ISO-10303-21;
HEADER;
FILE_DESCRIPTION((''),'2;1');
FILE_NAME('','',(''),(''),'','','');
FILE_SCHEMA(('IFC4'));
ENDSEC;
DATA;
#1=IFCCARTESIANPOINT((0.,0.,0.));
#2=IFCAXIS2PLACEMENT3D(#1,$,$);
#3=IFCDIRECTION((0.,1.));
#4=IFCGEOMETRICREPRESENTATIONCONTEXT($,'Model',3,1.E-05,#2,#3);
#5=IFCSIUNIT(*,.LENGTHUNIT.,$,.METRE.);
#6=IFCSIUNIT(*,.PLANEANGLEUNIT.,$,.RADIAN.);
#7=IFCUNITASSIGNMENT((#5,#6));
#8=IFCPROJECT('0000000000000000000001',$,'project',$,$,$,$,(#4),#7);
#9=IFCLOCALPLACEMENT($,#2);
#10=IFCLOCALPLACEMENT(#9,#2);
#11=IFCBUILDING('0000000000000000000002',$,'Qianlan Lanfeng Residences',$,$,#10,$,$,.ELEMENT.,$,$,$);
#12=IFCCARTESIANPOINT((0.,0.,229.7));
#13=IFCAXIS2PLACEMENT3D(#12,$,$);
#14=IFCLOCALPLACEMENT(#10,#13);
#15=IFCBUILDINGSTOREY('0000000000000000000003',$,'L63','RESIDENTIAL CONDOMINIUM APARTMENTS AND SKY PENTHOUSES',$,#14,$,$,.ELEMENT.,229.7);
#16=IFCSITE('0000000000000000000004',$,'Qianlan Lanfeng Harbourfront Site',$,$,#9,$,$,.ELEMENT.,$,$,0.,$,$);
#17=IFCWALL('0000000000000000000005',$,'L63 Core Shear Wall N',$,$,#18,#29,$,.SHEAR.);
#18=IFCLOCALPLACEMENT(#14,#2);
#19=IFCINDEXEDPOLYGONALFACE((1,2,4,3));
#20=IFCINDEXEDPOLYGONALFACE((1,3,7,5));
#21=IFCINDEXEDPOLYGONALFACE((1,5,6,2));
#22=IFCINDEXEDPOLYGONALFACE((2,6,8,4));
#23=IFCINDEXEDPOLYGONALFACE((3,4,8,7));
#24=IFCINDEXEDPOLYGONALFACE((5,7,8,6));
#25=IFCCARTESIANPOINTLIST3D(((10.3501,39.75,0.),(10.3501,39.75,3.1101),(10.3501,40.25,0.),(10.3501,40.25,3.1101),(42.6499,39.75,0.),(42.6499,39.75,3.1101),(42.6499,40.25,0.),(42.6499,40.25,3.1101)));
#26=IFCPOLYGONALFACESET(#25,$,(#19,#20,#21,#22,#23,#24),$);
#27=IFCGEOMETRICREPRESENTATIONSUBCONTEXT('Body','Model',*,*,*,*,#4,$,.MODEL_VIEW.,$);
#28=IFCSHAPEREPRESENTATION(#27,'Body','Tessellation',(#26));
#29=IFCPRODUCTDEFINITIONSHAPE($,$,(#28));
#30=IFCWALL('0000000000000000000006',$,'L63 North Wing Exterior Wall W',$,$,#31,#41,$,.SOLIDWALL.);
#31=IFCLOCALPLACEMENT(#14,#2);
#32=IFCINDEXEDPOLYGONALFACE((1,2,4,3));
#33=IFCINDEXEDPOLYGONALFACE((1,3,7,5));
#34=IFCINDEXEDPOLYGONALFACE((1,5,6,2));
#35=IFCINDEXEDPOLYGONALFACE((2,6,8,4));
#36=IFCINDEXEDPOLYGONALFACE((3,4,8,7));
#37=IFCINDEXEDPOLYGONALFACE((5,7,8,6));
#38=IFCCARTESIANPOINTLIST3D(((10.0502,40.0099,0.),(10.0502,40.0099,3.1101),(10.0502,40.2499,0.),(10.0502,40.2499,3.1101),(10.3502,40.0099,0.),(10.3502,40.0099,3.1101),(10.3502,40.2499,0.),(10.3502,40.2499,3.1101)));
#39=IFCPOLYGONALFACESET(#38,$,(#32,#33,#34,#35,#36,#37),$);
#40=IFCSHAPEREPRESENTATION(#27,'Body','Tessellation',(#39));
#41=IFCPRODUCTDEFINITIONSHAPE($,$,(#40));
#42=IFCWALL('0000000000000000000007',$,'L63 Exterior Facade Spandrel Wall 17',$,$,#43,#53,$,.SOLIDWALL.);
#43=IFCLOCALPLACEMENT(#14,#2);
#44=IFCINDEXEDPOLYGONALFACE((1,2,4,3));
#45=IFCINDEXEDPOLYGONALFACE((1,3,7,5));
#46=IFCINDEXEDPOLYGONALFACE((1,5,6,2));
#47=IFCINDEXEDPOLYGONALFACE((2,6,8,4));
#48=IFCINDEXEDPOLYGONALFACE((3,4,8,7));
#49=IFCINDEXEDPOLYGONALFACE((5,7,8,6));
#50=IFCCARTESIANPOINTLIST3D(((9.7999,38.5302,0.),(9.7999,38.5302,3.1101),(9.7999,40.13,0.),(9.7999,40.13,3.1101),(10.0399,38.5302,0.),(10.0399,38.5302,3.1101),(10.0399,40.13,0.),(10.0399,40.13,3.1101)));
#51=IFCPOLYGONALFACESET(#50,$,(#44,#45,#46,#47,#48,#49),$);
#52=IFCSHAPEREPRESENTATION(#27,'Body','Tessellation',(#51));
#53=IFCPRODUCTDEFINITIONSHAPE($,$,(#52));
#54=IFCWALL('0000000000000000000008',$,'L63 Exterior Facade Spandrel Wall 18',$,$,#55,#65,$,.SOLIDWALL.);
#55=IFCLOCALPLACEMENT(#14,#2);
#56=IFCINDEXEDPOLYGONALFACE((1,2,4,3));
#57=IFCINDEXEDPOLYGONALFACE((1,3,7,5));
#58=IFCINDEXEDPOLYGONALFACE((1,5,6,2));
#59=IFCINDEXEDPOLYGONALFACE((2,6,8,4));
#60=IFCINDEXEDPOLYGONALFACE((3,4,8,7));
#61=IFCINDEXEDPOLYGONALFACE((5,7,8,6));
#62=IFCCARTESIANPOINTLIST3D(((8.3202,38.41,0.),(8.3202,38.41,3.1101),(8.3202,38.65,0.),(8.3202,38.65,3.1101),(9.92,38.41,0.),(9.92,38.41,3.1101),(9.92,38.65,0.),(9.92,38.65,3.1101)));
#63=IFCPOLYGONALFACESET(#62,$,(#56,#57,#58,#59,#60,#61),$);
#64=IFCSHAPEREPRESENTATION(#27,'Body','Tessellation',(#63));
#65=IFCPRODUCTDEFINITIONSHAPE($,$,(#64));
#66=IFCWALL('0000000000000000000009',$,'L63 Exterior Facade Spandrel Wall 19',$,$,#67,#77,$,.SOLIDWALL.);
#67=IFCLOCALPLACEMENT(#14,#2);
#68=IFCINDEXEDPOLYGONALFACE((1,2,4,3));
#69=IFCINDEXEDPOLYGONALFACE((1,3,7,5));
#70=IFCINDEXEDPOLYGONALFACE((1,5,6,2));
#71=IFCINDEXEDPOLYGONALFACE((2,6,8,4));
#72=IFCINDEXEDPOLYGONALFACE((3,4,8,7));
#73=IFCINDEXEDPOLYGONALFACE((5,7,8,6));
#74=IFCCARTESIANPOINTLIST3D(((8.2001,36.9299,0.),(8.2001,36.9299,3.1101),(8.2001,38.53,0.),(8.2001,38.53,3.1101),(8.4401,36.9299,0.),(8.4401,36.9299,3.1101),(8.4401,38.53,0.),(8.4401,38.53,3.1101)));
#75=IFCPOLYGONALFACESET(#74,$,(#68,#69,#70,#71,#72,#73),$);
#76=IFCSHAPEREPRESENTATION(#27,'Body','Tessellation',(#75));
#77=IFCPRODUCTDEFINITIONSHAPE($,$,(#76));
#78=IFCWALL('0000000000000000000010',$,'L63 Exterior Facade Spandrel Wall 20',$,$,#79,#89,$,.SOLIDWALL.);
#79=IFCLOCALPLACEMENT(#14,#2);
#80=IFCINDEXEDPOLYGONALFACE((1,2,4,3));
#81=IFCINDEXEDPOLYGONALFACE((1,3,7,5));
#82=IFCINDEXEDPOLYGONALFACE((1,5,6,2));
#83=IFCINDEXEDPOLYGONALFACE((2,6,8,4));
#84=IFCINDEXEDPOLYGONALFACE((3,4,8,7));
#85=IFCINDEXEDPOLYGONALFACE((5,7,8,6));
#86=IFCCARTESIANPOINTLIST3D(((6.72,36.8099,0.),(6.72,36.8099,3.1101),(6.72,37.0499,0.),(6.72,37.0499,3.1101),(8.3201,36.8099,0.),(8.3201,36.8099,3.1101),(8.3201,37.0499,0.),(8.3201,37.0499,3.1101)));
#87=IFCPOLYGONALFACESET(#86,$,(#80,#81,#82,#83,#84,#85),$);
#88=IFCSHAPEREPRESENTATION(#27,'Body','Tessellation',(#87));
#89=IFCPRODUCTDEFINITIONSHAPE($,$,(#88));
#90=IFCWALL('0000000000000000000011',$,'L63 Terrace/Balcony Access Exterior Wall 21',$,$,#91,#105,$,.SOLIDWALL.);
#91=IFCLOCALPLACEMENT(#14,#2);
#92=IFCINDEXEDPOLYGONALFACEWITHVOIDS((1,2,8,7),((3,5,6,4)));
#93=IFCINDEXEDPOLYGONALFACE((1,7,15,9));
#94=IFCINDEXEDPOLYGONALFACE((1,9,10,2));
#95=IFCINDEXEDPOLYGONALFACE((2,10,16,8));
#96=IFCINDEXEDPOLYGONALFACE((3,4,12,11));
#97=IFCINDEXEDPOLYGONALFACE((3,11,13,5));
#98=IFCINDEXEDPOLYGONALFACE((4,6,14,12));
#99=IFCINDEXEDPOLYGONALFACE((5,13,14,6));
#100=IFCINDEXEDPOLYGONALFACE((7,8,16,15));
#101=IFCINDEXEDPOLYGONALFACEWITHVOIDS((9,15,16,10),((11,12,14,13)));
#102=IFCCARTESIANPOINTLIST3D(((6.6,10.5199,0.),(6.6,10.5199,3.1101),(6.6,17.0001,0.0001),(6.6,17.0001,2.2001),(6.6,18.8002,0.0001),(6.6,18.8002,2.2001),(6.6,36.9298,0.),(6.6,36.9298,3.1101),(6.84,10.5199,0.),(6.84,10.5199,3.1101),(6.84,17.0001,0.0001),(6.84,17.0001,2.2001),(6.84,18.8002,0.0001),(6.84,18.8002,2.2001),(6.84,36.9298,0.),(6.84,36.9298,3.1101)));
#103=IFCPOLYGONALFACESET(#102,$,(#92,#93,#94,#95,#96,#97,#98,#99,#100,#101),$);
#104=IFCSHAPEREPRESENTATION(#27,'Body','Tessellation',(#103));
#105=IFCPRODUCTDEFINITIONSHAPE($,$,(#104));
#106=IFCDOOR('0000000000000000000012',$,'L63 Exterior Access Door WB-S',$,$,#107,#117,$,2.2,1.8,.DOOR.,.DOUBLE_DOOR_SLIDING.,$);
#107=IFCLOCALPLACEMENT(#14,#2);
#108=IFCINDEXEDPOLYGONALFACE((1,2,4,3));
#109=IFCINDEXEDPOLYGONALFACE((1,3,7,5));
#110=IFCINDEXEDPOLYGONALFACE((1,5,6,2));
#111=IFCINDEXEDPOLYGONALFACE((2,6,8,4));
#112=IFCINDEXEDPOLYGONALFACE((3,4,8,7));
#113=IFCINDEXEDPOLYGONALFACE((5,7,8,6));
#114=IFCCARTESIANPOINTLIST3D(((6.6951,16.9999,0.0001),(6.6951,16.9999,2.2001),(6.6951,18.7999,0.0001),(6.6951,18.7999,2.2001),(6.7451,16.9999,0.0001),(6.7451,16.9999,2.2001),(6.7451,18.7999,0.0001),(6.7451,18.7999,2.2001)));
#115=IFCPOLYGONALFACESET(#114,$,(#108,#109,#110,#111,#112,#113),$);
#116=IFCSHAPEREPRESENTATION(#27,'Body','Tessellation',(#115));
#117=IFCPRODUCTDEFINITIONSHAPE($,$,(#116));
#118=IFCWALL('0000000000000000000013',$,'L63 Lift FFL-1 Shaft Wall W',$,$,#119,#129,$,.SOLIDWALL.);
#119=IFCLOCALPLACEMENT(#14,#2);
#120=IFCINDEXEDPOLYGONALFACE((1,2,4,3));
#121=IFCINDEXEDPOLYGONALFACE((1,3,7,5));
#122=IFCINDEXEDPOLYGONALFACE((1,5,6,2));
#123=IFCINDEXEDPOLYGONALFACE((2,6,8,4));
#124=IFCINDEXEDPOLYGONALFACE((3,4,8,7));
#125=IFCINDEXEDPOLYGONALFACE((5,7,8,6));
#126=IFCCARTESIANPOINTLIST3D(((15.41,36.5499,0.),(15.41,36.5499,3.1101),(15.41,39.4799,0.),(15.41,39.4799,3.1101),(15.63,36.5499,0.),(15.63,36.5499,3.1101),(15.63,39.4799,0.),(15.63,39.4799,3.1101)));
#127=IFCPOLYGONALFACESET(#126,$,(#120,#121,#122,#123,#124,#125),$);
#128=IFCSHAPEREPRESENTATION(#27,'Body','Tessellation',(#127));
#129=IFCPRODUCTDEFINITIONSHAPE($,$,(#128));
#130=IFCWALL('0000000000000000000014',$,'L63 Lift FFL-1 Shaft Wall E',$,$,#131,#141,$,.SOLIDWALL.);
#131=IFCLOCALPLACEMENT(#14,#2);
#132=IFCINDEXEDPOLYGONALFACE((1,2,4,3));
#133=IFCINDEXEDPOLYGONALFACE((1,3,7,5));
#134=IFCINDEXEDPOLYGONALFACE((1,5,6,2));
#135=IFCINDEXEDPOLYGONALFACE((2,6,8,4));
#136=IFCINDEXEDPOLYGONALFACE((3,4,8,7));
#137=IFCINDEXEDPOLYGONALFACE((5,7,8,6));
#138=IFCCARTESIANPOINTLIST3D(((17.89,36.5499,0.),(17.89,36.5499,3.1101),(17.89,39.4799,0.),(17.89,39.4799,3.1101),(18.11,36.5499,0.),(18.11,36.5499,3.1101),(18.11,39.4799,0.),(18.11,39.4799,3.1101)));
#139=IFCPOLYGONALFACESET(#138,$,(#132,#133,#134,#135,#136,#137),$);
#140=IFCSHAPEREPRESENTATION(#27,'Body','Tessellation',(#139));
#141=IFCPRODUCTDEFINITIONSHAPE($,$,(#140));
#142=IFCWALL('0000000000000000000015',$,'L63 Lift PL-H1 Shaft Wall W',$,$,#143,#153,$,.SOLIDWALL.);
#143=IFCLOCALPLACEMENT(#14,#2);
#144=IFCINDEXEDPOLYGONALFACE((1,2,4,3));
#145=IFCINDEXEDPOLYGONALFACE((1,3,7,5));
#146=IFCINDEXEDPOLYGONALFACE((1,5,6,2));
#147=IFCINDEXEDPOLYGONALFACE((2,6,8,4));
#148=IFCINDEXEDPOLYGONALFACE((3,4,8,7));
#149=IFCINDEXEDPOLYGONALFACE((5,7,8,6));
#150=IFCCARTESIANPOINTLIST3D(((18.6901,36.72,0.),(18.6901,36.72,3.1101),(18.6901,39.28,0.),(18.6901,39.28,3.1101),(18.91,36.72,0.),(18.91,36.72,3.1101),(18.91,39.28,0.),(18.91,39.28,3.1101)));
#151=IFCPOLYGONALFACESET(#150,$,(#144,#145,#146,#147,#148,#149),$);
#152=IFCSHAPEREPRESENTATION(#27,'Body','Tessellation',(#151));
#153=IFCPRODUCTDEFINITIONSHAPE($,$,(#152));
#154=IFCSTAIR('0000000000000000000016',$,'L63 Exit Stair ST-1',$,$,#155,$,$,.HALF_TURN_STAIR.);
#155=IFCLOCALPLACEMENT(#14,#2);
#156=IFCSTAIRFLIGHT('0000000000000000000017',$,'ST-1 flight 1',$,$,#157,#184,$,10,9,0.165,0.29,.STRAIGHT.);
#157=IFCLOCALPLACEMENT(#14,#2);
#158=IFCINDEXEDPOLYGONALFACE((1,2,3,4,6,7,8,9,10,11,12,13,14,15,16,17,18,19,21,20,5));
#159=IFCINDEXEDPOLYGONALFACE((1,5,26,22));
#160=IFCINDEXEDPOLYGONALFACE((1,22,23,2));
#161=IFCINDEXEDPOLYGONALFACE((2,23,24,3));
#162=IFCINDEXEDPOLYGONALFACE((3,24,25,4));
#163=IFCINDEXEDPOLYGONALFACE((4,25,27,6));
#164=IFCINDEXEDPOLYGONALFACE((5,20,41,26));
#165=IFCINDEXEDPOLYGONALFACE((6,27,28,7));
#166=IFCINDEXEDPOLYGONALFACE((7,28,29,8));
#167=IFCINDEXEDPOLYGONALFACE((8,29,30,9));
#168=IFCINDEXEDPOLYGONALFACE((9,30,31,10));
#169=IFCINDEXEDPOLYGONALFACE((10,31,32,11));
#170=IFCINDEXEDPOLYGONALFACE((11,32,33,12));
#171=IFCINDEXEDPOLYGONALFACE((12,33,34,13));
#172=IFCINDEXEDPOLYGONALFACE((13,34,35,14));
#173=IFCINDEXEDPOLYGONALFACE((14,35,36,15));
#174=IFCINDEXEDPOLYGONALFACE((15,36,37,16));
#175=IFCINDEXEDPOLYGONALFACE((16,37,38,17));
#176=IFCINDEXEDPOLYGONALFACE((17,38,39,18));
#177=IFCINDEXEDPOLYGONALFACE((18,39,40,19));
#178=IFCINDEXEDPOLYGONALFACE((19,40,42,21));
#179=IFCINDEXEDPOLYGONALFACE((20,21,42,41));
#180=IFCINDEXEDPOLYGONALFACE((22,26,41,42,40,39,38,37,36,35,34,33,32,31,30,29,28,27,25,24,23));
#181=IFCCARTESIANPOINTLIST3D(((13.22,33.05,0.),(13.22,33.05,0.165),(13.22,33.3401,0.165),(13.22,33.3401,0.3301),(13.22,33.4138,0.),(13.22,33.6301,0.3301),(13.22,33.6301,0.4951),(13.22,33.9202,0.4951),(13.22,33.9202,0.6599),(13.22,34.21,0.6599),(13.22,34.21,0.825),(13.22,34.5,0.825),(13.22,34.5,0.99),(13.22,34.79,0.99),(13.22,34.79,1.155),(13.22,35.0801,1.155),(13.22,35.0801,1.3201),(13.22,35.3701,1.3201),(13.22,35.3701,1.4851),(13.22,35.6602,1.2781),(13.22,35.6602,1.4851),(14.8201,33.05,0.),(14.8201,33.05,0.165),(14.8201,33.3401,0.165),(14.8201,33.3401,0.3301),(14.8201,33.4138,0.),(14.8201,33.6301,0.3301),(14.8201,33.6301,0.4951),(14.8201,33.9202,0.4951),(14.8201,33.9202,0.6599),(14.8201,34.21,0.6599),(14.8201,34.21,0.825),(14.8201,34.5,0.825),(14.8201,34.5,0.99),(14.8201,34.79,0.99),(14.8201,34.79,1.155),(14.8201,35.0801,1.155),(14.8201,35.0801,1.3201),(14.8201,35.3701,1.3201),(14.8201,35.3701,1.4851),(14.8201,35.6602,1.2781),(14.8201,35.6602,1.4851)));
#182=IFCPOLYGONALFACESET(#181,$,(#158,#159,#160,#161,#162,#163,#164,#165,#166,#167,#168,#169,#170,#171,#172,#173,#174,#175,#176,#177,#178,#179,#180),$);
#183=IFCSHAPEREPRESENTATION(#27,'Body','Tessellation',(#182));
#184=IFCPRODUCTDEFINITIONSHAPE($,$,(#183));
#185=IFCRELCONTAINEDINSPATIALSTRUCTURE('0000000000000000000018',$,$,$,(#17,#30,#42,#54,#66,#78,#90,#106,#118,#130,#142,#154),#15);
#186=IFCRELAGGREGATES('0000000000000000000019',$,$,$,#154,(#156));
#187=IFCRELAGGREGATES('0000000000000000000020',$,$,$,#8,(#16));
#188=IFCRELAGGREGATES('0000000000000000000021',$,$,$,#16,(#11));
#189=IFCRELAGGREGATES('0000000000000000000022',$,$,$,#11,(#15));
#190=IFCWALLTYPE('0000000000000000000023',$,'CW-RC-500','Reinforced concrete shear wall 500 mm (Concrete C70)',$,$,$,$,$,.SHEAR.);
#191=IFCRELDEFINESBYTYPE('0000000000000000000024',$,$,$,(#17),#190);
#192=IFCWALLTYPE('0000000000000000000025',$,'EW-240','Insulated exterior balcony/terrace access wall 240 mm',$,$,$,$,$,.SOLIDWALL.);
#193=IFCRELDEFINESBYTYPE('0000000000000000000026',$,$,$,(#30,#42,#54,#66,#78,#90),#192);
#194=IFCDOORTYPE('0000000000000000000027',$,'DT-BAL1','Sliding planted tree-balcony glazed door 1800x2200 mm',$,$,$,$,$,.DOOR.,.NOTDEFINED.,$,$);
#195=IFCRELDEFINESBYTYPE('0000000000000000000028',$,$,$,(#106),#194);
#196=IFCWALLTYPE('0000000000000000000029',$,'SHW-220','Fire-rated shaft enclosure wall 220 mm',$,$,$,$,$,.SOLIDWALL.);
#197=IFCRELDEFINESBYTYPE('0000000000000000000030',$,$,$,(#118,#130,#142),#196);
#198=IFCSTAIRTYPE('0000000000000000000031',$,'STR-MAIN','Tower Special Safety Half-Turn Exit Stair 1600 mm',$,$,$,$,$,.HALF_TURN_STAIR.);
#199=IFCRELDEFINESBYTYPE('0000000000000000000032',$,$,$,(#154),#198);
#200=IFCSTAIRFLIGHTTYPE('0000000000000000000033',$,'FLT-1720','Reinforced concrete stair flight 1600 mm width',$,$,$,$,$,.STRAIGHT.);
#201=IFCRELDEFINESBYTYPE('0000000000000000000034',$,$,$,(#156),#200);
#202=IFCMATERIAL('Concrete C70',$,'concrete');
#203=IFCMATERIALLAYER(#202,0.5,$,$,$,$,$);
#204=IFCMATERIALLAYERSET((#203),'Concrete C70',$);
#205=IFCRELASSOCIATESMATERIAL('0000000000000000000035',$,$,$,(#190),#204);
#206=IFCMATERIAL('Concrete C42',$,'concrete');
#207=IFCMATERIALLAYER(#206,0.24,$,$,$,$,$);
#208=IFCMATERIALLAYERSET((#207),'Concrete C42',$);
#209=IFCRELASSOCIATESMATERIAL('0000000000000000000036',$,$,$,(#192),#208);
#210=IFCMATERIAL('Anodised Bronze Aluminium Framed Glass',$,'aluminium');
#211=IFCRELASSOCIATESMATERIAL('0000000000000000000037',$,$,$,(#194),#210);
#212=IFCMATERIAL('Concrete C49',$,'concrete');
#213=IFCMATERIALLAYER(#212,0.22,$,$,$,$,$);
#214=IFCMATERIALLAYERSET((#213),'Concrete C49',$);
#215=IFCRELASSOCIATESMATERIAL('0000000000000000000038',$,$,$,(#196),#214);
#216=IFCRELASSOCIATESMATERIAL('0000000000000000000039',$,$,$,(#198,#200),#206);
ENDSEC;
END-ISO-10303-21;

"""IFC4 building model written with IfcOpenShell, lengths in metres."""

from ifc_helpers import new_model, si_unit, direction, frame, frame_2d, origin, place, context, subcontext, project, spatial, polyline, rectangle, outline, extrude, material, layer, layer_set, type_object, element, fill, aggregate, save


model = new_model("IFC4")

# Units and contexts
model_context = context("Model", 3, precision=1e-05, world=origin(), true_north=direction((0.0, 1.0)))
body_context = subcontext(model_context, "Body", "Model", "MODEL_VIEW")
ifc_project = project(units=[si_unit("LENGTHUNIT", "METRE"), si_unit("PLANEANGLEUNIT", "RADIAN")], contexts=[model_context])

# Site, building, storey
site_placement = place(None, origin())
site = spatial("IfcSite", under=ifc_project, at=site_placement, Name="Qianlan Lanfeng Harbourfront Site", CompositionType="ELEMENT", RefElevation=0.0)
building_placement = place(site_placement, origin())
building = spatial("IfcBuilding", under=site, at=building_placement, Name="Qianlan Lanfeng Residences", CompositionType="ELEMENT")
storey_placement = place(building_placement, frame((0.0, 0.0, 229.7)))
storey = spatial("IfcBuildingStorey", under=building, at=storey_placement, Name="L63", Description="RESIDENTIAL CONDOMINIUM APARTMENTS AND SKY PENTHOUSES", CompositionType="ELEMENT", Elevation=229.7)

# Shared definitions
ifc_material_1 = material(Name="Concrete C49", Category="concrete")

# Walls
ifc_material_2 = material(Name="Concrete C70", Category="concrete")
ifc_layer_1 = layer(ifc_material_2, 0.5)
ifc_layer_set_1 = layer_set([ifc_layer_1], Name="Concrete C70")
wall_type_1 = type_object("IfcWallType", Name="CW-RC-500", Description="Reinforced concrete shear wall 500 mm (Concrete C70)", PredefinedType="SHEAR", material=ifc_layer_set_1)
wall_1_placement = place(storey_placement, frame((10.3501, 40.0, 0.0), z_axis=(0.0, 0.0, 1.0), x_axis=(1.0, 0.0, 0.0)))
element("IfcWall", 1, at=wall_1_placement, inside=storey, type_object=wall_type_1, Name="L63 Core Shear Wall N", PredefinedType="SHEAR", context=body_context, shape_type="SweptSolid", body=[
    extrude(rectangle(XDim=32.2998, YDim=0.5, at=frame_2d((16.1499, 0.0))), origin(), (0.0, 0.0, 1.0), 3.1101),
])
ifc_material_3 = material(Name="Concrete C42", Category="concrete")
ifc_layer_2 = layer(ifc_material_3, 0.24)
ifc_layer_set_2 = layer_set([ifc_layer_2], Name="Concrete C42")
wall_type_2 = type_object("IfcWallType", Name="EW-240", Description="Insulated exterior balcony/terrace access wall 240 mm", PredefinedType="SOLIDWALL", material=ifc_layer_set_2)
wall_2_placement = place(storey_placement, frame((10.3501, 40.1299, 0.0), z_axis=(0.0, 0.0, 1.0), x_axis=(-1.0, 0.0, 0.0)))
element("IfcWall", 2, at=wall_2_placement, inside=storey, type_object=wall_type_2, Name="L63 North Wing Exterior Wall W", PredefinedType="SOLIDWALL", context=body_context, shape_type="SweptSolid", body=[
    extrude(rectangle(XDim=0.3, YDim=0.24, at=frame_2d((0.1499, 0.0))), origin(), (0.0, 0.0, 1.0), 3.1101),
])
for number, where, z_axis, x_axis, name in (
    (3, (9.9199, 40.1299, 0.0), (0.0, 0.0, 1.0), (0.0, -1.0, 0.0), "L63 Exterior Facade Spandrel Wall 17"),
    (4, (9.9199, 38.53, 0.0), (0.0, 0.0, 1.0), (-1.0, 0.0, 0.0), "L63 Exterior Facade Spandrel Wall 18"),
):
    element("IfcWall", number, at=place(storey_placement, frame(where, z_axis=z_axis, x_axis=x_axis)), inside=storey, type_object=wall_type_2, Name=name, PredefinedType="SOLIDWALL", context=body_context, shape_type="SweptSolid", body=[
        extrude(rectangle(XDim=1.5999, YDim=0.24, at=frame_2d((0.7998, 0.0))), origin(), (0.0, 0.0, 1.0), 3.1101),
    ])
for number, where, z_axis, x_axis, name in (
    (5, (8.3201, 38.53, 0.0), (0.0, 0.0, 1.0), (0.0, -1.0, 0.0), "L63 Exterior Facade Spandrel Wall 19"),
    (6, (8.3201, 36.9299, 0.0), (0.0, 0.0, 1.0), (-1.0, 0.0, 0.0), "L63 Exterior Facade Spandrel Wall 20"),
):
    element("IfcWall", number, at=place(storey_placement, frame(where, z_axis=z_axis, x_axis=x_axis)), inside=storey, type_object=wall_type_2, Name=name, PredefinedType="SOLIDWALL", context=body_context, shape_type="SweptSolid", body=[
        extrude(rectangle(XDim=1.6001, YDim=0.24, at=frame_2d((0.8, 0.0))), origin(), (0.0, 0.0, 1.0), 3.1101),
    ])

# Wall, opening, door
wall_3_placement = place(storey_placement, frame((6.72, 36.9299, 0.0), z_axis=(0.0, 0.0, 1.0), x_axis=(0.0, -1.0, 0.0)))
wall_3 = element("IfcWall", 7, at=wall_3_placement, inside=storey, type_object=wall_type_2, Name="L63 Terrace/Balcony Access Exterior Wall 21", PredefinedType="SOLIDWALL", context=body_context, shape_type="SweptSolid", body=[
    extrude(rectangle(XDim=26.4099, YDim=0.24, at=frame_2d((13.2051, 0.0))), origin(), (0.0, 0.0, 1.0), 3.1101),
])
opening_1_placement = place(wall_3_placement, frame((18.1299, 0.0, 0.0)))
opening_1 = element("IfcOpeningElement", 8, at=opening_1_placement, cuts=wall_3, PredefinedType="OPENING", context=body_context, shape_type="SweptSolid", body=[
    extrude(rectangle(XDim=1.8, YDim=2.2, at=frame_2d((0.8999, 1.1001))), frame((0.0, 0.1299, 0.0), z_axis=(0.0, -1.0, 0.0), x_axis=(1.0, 0.0, 0.0)), (0.0, 0.0, 1.0), 0.26),
])
ifc_material_4 = material(Name="Anodised Bronze Aluminium Framed Glass", Category="aluminium")
door_type_1 = type_object("IfcDoorType", Name="DT-BAL1", Description="Sliding planted tree-balcony glazed door 1800x2200 mm", OperationType="NOTDEFINED", PredefinedType="DOOR", material=ifc_material_4)
door_1_placement = place(opening_1_placement, frame((1.8, 0.0, 0.0), z_axis=(0.0, 0.0, 1.0), x_axis=(-1.0, 0.0, 0.0)))
door_1 = element("IfcDoor", 9, at=door_1_placement, inside=storey, type_object=door_type_1, Name="L63 Exterior Access Door WB-S", OperationType="DOUBLE_DOOR_SLIDING", OverallHeight=2.2, OverallWidth=1.8, PredefinedType="DOOR", context=body_context, shape_type="SweptSolid", body=[
    extrude(rectangle(XDim=1.8, YDim=2.2, at=frame_2d((0.8999, 1.1001))), frame((0.0, 0.0249, 0.0), z_axis=(0.0, -1.0, 0.0), x_axis=(1.0, 0.0, 0.0)), (0.0, 0.0, 1.0), 0.05),
])
fill(opening_1, door_1)

# Walls
ifc_layer_3 = layer(ifc_material_1, 0.22)
ifc_layer_set_3 = layer_set([ifc_layer_3], Name="Concrete C49")
wall_type_3 = type_object("IfcWallType", Name="SHW-220", Description="Fire-rated shaft enclosure wall 220 mm", PredefinedType="SOLIDWALL", material=ifc_layer_set_3)
for number, where, z_axis, x_axis, name in (
    (10, (15.52, 36.55, 0.0), (0.0, 0.0, 1.0), (0.0, 1.0, 0.0), "L63 Lift FFL-1 Shaft Wall W"),
    (11, (18.0, 36.55, 0.0), (0.0, 0.0, 1.0), (0.0, 1.0, 0.0), "L63 Lift FFL-1 Shaft Wall E"),
):
    element("IfcWall", number, at=place(storey_placement, frame(where, z_axis=z_axis, x_axis=x_axis)), inside=storey, type_object=wall_type_3, Name=name, PredefinedType="SOLIDWALL", context=body_context, shape_type="SweptSolid", body=[
        extrude(rectangle(XDim=2.9299, YDim=0.22, at=frame_2d((1.4648, 0.0))), origin(), (0.0, 0.0, 1.0), 3.1101),
    ])
wall_4_placement = place(storey_placement, frame((18.8, 36.72, 0.0), z_axis=(0.0, 0.0, 1.0), x_axis=(0.0, 1.0, 0.0)))
element("IfcWall", 12, at=wall_4_placement, inside=storey, type_object=wall_type_3, Name="L63 Lift PL-H1 Shaft Wall W", PredefinedType="SOLIDWALL", context=body_context, shape_type="SweptSolid", body=[
    extrude(rectangle(XDim=2.5601, YDim=0.22, at=frame_2d((1.28, 0.0))), origin(), (0.0, 0.0, 1.0), 3.1101),
])

# Stair, stair flight
stair_type = type_object("IfcStairType", Name="STR-MAIN", Description="Tower Special Safety Half-Turn Exit Stair 1600 mm", PredefinedType="HALF_TURN_STAIR", material=ifc_material_3)
stair_placement = place(storey_placement, origin())
stair = element("IfcStair", 13, at=stair_placement, inside=storey, type_object=stair_type, Name="L63 Exit Stair ST-1", PredefinedType="HALF_TURN_STAIR")
stair_flight_type = type_object("IfcStairFlightType", Name="FLT-1720", Description="Reinforced concrete stair flight 1600 mm width", PredefinedType="STRAIGHT", material=ifc_material_3)
stair_flight_1_placement = place(storey_placement, frame((14.02, 33.05, 0.0), z_axis=(0.0, 0.0, 1.0), x_axis=(0.0, 1.0, 0.0)))
stair_flight_1 = element("IfcStairFlight", 14, at=stair_flight_1_placement, type_object=stair_flight_type, Name="ST-1 flight 1", NumberOfRisers=10, NumberOfTreads=9, PredefinedType="STRAIGHT", RiserHeight=0.165, TreadLength=0.29, context=body_context, shape_type="SweptSolid", body=[
    extrude(outline(polyline([(0.0, 0.0), (0.0, 0.165), (0.29, 0.165), (0.29, 0.3301), (0.5801, 0.3301), (0.5801, 0.4951), (0.8701, 0.4951), (0.8701, 0.6599), (1.1599, 0.6599), (1.1599, 0.825), (1.45, 0.825), (1.45, 0.99), (1.74, 0.99), (1.74, 1.155), (2.03, 1.155), (2.03, 1.3201), (2.3201, 1.3201), (2.3201, 1.4851), (2.6101, 1.4851), (2.6101, 1.6499), (2.6101, 1.2781), (0.3638, 0.0), (0.0, 0.0)])), frame((0.0, 0.8, 0.0), z_axis=(0.0, -1.0, 0.0), x_axis=(1.0, 0.0, 0.0)), (0.0, 0.0, 1.0), 1.6001),
])
aggregate(stair, [stair_flight_1])

save(model, "model.ifc")
